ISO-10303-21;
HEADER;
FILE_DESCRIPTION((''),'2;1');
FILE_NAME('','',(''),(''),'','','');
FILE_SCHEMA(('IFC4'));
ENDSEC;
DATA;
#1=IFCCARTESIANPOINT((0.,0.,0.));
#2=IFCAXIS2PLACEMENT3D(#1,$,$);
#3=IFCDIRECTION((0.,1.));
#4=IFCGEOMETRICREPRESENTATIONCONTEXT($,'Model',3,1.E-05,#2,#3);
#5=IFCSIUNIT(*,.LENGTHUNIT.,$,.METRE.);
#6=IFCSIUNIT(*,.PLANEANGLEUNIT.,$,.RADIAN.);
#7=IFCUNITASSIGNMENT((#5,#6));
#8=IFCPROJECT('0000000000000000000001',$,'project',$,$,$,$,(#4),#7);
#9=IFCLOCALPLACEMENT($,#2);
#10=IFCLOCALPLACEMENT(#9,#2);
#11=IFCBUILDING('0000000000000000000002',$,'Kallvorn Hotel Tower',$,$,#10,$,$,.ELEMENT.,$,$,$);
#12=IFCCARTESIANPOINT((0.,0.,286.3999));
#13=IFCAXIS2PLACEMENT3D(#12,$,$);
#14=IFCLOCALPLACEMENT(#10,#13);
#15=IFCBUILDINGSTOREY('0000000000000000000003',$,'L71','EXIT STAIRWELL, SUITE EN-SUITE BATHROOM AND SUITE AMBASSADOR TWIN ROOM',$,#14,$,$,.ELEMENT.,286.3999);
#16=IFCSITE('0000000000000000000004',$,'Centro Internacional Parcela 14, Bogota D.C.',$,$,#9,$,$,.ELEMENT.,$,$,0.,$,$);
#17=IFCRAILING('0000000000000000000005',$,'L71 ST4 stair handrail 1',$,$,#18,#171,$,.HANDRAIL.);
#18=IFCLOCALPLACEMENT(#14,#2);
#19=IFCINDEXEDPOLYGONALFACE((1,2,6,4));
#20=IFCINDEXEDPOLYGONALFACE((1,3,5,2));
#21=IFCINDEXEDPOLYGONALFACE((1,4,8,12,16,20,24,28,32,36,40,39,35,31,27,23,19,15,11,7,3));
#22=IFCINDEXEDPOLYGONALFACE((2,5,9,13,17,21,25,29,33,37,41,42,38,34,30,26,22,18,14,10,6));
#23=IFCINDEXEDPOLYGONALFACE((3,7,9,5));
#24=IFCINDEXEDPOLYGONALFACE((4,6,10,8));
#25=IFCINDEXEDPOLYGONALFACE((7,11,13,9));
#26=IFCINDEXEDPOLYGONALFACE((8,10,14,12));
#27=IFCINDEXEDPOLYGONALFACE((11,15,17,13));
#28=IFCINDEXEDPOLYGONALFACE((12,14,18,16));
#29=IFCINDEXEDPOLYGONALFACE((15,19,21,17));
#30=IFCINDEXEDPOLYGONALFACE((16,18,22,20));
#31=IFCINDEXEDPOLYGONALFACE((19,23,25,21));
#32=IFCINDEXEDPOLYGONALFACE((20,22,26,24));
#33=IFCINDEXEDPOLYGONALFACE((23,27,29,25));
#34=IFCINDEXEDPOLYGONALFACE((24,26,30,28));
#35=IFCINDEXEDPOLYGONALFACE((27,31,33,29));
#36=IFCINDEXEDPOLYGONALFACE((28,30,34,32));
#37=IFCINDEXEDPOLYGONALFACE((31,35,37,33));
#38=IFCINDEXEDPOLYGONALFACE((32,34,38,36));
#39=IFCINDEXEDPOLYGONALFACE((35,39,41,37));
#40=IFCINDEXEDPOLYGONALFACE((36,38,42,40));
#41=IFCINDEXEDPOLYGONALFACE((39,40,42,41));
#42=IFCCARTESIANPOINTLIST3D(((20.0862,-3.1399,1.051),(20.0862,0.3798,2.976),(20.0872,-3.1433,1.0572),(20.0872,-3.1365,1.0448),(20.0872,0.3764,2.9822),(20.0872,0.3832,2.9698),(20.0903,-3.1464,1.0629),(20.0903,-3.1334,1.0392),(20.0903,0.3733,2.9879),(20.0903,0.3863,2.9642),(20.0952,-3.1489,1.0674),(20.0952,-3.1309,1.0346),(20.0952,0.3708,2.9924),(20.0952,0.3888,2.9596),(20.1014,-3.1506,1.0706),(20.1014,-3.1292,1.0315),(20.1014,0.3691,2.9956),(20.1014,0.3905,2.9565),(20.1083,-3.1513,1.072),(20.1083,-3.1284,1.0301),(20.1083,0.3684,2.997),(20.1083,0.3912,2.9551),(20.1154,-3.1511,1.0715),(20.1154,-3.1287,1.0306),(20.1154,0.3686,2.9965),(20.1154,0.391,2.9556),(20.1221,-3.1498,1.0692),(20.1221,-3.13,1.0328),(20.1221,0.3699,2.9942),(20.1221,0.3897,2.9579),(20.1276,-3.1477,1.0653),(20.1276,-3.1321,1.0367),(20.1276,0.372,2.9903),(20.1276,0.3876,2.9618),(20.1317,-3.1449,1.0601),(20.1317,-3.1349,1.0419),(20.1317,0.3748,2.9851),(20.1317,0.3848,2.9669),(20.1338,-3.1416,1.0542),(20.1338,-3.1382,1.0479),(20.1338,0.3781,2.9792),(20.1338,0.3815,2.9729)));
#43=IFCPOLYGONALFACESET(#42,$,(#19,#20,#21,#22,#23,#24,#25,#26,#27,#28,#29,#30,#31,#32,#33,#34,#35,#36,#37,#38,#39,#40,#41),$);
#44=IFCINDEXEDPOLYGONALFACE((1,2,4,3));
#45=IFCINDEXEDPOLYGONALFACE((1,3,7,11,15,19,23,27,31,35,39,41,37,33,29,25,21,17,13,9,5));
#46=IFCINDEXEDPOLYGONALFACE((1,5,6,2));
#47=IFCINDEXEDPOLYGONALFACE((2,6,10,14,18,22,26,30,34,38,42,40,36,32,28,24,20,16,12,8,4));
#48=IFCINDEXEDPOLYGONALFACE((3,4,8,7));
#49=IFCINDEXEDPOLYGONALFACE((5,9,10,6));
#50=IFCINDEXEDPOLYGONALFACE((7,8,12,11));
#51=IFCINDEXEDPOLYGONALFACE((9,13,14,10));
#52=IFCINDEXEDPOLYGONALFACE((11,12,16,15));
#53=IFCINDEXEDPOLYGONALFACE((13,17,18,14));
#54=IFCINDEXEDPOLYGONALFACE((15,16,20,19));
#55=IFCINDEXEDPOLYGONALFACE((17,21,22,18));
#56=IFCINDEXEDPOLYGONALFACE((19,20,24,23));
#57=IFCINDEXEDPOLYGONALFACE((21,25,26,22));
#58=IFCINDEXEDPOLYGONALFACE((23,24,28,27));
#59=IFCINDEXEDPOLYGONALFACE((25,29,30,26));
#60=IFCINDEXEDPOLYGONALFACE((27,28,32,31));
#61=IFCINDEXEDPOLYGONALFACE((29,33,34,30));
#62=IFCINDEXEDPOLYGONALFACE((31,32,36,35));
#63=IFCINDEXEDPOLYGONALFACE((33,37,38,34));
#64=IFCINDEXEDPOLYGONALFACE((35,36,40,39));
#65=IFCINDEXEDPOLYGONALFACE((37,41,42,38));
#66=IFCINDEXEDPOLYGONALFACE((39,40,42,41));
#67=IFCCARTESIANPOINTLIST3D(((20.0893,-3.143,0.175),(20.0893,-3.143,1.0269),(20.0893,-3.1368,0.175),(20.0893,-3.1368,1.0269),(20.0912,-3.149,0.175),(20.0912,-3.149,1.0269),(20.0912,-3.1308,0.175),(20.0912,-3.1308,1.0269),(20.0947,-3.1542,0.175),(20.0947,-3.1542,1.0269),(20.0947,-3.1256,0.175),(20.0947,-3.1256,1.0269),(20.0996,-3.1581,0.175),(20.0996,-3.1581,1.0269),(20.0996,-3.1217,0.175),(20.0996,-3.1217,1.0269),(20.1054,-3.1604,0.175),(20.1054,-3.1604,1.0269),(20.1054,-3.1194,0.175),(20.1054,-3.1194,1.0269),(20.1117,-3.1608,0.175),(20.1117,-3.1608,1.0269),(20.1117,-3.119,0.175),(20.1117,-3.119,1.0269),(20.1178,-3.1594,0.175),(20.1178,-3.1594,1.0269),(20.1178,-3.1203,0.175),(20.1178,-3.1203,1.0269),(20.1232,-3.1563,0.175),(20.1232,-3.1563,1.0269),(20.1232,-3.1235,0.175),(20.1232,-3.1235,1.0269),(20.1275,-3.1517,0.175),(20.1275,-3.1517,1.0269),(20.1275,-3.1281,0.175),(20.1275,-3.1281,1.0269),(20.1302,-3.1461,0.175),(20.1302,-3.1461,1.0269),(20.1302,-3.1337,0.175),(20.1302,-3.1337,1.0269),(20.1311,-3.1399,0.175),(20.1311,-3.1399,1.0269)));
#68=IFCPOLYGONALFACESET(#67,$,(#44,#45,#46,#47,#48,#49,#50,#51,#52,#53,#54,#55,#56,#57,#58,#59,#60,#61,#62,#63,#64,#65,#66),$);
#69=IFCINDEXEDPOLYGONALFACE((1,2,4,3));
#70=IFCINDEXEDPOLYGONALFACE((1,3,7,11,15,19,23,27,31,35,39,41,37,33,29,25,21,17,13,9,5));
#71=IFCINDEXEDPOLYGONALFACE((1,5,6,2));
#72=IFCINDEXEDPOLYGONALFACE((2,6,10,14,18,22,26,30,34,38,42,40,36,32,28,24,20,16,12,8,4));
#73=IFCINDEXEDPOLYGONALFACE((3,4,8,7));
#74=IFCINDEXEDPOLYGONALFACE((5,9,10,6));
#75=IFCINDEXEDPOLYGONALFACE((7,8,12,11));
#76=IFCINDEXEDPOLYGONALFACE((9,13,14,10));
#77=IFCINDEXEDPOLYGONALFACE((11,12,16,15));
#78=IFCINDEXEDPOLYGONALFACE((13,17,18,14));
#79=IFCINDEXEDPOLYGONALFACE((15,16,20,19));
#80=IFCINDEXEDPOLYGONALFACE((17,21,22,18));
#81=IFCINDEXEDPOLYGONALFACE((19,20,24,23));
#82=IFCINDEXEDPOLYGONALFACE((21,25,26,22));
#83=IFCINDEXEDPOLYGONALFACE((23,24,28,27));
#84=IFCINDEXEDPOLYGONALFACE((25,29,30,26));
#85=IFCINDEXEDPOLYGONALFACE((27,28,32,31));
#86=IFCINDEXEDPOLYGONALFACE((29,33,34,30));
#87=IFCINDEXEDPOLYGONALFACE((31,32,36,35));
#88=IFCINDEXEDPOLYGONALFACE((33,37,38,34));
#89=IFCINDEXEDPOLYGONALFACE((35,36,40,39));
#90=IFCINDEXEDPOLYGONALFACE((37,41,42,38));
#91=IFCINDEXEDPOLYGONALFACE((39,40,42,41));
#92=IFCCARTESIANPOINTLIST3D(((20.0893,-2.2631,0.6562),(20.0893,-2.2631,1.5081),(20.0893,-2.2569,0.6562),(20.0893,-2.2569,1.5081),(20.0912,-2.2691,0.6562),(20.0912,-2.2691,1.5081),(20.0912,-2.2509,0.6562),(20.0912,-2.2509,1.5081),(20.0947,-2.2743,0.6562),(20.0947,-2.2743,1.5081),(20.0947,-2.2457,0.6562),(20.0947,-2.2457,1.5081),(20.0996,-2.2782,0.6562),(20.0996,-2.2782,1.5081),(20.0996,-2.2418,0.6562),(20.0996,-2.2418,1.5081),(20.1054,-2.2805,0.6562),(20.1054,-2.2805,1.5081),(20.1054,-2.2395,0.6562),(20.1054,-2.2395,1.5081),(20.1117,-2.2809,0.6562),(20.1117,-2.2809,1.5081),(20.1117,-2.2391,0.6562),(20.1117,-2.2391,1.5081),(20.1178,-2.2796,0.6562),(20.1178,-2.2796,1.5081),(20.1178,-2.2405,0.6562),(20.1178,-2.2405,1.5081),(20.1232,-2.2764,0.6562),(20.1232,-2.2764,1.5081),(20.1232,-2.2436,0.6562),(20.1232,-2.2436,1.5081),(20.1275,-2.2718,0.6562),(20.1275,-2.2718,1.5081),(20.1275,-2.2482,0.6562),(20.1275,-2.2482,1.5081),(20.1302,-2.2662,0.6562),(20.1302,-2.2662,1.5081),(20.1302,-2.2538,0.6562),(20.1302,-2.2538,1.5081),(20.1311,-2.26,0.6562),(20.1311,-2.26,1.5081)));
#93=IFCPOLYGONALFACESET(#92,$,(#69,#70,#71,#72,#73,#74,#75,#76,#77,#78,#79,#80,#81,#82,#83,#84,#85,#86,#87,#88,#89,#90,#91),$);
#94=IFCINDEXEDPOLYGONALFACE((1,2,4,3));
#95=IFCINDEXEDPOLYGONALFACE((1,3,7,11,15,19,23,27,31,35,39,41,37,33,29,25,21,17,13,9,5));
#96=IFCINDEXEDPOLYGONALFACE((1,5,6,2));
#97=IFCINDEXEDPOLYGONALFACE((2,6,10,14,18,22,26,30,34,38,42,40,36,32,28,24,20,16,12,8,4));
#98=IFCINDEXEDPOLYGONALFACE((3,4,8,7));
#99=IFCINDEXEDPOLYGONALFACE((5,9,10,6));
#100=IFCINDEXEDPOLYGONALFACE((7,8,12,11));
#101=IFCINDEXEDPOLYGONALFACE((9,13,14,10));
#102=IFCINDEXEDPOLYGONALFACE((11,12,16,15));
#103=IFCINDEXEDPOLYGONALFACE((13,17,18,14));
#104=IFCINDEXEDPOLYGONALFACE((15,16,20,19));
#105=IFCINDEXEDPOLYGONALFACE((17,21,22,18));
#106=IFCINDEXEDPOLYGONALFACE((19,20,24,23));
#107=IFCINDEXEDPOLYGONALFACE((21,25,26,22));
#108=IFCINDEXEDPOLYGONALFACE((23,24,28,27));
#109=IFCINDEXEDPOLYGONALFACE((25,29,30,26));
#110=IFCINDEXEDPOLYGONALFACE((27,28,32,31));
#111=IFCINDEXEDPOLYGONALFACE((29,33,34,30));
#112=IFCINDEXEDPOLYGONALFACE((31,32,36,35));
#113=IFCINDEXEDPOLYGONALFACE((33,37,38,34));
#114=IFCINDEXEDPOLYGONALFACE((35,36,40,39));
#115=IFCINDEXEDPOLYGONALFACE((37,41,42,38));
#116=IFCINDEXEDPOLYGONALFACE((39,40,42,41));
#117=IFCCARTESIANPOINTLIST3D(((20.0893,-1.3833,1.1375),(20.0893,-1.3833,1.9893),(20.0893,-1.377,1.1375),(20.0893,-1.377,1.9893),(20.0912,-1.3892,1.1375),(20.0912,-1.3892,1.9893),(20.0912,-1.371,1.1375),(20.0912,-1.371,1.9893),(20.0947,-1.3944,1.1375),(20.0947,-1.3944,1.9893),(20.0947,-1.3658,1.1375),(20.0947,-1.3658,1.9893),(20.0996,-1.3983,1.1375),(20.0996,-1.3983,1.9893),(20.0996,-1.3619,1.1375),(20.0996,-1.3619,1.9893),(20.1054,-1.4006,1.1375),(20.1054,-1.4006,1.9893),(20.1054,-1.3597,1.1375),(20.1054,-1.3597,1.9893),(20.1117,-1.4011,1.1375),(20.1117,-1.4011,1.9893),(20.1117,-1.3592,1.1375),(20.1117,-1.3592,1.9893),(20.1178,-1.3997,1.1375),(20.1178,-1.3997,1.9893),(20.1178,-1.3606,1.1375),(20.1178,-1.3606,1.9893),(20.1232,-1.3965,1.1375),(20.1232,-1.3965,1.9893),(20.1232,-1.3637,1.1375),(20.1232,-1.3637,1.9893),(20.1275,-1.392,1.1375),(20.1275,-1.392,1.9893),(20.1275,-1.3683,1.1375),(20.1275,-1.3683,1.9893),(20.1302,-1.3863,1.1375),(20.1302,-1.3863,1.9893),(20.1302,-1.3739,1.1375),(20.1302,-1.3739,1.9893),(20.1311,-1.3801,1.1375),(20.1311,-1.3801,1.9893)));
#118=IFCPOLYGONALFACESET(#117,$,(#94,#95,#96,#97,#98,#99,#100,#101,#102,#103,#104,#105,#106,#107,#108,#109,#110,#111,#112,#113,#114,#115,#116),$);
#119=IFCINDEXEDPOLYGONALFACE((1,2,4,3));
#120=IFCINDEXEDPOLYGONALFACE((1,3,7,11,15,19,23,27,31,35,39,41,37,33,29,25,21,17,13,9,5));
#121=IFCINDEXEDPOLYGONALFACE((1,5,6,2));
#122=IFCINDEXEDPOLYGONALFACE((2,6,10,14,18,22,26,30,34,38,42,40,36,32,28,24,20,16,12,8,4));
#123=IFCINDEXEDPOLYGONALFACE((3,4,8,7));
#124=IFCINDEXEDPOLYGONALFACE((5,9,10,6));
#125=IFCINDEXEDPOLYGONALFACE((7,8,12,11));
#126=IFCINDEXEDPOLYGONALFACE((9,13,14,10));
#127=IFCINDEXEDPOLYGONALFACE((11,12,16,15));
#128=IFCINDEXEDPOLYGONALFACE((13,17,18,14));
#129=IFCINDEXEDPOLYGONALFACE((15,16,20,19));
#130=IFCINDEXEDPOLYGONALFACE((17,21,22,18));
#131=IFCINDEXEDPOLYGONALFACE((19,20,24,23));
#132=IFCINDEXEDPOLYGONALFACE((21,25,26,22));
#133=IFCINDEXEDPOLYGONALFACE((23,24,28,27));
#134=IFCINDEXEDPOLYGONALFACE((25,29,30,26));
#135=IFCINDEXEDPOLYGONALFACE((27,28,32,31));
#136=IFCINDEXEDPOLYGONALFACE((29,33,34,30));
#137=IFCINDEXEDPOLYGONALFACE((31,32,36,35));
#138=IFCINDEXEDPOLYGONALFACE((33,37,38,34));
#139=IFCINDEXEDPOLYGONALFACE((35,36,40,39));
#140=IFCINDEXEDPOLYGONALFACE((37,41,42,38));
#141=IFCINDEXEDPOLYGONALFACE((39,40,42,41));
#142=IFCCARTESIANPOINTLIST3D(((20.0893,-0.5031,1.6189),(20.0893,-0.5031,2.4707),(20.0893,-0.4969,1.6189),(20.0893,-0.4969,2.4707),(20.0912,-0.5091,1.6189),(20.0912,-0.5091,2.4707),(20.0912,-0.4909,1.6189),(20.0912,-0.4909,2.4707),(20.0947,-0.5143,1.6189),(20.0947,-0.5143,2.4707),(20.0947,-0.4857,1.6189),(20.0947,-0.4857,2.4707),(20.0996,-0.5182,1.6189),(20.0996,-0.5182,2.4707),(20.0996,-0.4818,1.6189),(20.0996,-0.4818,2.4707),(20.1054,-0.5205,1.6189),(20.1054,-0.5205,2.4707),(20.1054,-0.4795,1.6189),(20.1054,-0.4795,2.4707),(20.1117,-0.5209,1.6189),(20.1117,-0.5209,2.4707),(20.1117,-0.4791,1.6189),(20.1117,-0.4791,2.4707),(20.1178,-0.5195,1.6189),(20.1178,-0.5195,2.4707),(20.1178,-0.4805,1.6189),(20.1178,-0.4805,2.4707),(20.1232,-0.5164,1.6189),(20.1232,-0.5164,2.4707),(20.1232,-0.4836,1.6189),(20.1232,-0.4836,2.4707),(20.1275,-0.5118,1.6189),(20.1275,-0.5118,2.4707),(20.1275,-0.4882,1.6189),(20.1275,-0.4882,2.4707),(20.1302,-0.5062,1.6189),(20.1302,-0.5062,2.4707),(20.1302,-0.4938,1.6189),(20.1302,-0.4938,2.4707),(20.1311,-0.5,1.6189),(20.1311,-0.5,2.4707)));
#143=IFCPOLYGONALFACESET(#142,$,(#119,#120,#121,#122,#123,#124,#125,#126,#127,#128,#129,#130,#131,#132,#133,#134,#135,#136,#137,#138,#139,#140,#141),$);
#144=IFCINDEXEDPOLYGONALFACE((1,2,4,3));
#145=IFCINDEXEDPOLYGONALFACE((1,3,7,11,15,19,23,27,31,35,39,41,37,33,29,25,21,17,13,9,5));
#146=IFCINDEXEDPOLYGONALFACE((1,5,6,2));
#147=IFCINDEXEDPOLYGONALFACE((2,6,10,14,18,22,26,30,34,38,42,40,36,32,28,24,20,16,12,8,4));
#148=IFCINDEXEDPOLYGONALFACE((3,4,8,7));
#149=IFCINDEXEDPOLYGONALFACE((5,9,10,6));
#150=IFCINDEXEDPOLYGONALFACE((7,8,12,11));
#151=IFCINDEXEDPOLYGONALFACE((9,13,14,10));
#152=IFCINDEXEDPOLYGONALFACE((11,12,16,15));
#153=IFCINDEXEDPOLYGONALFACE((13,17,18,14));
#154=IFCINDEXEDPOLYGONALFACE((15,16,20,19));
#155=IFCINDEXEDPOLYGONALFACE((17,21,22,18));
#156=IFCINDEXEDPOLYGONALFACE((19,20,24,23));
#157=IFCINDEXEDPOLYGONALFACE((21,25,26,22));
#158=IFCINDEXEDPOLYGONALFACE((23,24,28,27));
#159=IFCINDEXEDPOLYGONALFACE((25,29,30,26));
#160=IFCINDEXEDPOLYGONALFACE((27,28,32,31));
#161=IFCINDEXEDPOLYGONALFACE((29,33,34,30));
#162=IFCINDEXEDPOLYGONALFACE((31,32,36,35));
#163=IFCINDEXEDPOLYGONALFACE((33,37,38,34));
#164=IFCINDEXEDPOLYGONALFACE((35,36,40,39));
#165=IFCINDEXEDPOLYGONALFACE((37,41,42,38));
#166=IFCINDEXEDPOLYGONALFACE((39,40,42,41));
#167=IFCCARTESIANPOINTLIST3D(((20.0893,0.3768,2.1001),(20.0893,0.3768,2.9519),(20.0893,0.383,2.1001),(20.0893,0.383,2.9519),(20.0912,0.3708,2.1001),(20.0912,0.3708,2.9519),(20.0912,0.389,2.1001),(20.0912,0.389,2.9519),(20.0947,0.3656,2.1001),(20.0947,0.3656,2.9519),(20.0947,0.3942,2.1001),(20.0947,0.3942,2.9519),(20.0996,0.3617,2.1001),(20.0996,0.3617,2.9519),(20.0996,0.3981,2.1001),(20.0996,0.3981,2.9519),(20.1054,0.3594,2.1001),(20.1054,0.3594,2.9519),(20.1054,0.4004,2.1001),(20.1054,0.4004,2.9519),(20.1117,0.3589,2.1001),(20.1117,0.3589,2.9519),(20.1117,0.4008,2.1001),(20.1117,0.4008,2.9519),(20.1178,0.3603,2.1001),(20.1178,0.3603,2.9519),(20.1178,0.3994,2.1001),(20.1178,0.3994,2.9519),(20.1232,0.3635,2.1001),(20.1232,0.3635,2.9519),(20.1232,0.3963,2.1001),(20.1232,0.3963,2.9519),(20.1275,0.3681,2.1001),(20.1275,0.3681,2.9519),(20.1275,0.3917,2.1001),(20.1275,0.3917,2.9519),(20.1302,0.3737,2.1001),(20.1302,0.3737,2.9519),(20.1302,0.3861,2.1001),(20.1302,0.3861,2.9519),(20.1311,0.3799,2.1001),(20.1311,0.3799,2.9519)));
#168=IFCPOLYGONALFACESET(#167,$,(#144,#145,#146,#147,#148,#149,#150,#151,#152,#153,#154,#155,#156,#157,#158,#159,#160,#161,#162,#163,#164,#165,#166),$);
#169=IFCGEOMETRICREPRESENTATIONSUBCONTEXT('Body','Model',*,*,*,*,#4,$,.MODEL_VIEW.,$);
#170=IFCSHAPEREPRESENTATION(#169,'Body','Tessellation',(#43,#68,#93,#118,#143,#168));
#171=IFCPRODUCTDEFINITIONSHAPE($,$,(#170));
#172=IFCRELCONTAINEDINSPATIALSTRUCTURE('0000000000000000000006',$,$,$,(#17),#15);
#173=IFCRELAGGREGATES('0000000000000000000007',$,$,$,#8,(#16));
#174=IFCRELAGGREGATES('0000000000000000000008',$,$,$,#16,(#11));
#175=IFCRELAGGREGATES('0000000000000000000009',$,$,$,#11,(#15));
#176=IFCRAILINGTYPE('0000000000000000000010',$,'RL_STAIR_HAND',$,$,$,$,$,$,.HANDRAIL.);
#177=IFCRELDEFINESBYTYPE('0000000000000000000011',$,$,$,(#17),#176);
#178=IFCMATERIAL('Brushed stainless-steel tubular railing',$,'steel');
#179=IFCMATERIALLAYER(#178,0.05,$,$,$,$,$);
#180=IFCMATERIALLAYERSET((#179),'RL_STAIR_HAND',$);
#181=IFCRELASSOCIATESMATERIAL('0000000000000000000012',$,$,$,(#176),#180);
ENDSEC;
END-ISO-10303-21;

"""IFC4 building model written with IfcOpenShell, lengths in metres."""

from ifc_helpers import new_model, si_unit, direction, frame, origin, origin_2d, place, context, subcontext, project, spatial, circle, extrude, material, layer, layer_set, type_object, element, save


model = new_model("IFC4")

# Units and contexts
model_context = context("Model", 3, precision=1e-05, world=origin(), true_north=direction((0.0, 1.0)))
body_context = subcontext(model_context, "Body", "Model", "MODEL_VIEW")
ifc_project = project(units=[si_unit("LENGTHUNIT", "METRE"), si_unit("PLANEANGLEUNIT", "RADIAN")], contexts=[model_context])

# Site, building, storey
site_placement = place(None, origin())
site = spatial("IfcSite", under=ifc_project, at=site_placement, Name="Centro Internacional Parcela 14, Bogota D.C.", CompositionType="ELEMENT", RefElevation=0.0)
building_placement = place(site_placement, origin())
building = spatial("IfcBuilding", under=site, at=building_placement, Name="Kallvorn Hotel Tower", CompositionType="ELEMENT")
storey_placement = place(building_placement, frame((0.0, 0.0, 286.3999)))
storey = spatial("IfcBuildingStorey", under=building, at=storey_placement, Name="L71", Description="EXIT STAIRWELL, SUITE EN-SUITE BATHROOM AND SUITE AMBASSADOR TWIN ROOM", CompositionType="ELEMENT", Elevation=286.3999)

# Railing
ifc_material_1 = material(Name="Brushed stainless-steel tubular railing", Category="steel")
ifc_layer_1 = layer(ifc_material_1, 0.05)
ifc_layer_set_1 = layer_set([ifc_layer_1], Name="RL_STAIR_HAND")
railing_type_1 = type_object("IfcRailingType", Name="RL_STAIR_HAND", PredefinedType="HANDRAIL", material=ifc_layer_set_1)
railing_1_placement = place(storey_placement, frame((20.1101, -3.1399, 0.175)))
element("IfcRailing", 1, at=railing_1_placement, inside=storey, type_object=railing_type_1, Name="L71 ST4 stair handrail 1", PredefinedType="HANDRAIL", context=body_context, shape_type="SweptSolid", body=[
    extrude(circle(Radius=0.0239, at=origin_2d()), frame((0.0, 0.0, 0.876), z_axis=(0.0, 0.877353, 0.479845), x_axis=(-1.0, 0.0, 0.0)), (0.0, 0.0, 1.0), 4.0117),
    extrude(circle(Radius=0.021, at=origin_2d()), origin(), (0.0, 0.0, 1.0), 0.8518),
    extrude(circle(Radius=0.021, at=origin_2d()), frame((0.0, 0.8799, 0.4812)), (0.0, 0.0, 1.0), 0.8518),
    extrude(circle(Radius=0.021, at=origin_2d()), frame((0.0, 1.7598, 0.9624)), (0.0, 0.0, 1.0), 0.8518),
    extrude(circle(Radius=0.021, at=origin_2d()), frame((0.0, 2.6399, 1.4438)), (0.0, 0.0, 1.0), 0.8518),
    extrude(circle(Radius=0.021, at=origin_2d()), frame((0.0, 3.5198, 1.925)), (0.0, 0.0, 1.0), 0.8518),
])

save(model, "model.ifc")
